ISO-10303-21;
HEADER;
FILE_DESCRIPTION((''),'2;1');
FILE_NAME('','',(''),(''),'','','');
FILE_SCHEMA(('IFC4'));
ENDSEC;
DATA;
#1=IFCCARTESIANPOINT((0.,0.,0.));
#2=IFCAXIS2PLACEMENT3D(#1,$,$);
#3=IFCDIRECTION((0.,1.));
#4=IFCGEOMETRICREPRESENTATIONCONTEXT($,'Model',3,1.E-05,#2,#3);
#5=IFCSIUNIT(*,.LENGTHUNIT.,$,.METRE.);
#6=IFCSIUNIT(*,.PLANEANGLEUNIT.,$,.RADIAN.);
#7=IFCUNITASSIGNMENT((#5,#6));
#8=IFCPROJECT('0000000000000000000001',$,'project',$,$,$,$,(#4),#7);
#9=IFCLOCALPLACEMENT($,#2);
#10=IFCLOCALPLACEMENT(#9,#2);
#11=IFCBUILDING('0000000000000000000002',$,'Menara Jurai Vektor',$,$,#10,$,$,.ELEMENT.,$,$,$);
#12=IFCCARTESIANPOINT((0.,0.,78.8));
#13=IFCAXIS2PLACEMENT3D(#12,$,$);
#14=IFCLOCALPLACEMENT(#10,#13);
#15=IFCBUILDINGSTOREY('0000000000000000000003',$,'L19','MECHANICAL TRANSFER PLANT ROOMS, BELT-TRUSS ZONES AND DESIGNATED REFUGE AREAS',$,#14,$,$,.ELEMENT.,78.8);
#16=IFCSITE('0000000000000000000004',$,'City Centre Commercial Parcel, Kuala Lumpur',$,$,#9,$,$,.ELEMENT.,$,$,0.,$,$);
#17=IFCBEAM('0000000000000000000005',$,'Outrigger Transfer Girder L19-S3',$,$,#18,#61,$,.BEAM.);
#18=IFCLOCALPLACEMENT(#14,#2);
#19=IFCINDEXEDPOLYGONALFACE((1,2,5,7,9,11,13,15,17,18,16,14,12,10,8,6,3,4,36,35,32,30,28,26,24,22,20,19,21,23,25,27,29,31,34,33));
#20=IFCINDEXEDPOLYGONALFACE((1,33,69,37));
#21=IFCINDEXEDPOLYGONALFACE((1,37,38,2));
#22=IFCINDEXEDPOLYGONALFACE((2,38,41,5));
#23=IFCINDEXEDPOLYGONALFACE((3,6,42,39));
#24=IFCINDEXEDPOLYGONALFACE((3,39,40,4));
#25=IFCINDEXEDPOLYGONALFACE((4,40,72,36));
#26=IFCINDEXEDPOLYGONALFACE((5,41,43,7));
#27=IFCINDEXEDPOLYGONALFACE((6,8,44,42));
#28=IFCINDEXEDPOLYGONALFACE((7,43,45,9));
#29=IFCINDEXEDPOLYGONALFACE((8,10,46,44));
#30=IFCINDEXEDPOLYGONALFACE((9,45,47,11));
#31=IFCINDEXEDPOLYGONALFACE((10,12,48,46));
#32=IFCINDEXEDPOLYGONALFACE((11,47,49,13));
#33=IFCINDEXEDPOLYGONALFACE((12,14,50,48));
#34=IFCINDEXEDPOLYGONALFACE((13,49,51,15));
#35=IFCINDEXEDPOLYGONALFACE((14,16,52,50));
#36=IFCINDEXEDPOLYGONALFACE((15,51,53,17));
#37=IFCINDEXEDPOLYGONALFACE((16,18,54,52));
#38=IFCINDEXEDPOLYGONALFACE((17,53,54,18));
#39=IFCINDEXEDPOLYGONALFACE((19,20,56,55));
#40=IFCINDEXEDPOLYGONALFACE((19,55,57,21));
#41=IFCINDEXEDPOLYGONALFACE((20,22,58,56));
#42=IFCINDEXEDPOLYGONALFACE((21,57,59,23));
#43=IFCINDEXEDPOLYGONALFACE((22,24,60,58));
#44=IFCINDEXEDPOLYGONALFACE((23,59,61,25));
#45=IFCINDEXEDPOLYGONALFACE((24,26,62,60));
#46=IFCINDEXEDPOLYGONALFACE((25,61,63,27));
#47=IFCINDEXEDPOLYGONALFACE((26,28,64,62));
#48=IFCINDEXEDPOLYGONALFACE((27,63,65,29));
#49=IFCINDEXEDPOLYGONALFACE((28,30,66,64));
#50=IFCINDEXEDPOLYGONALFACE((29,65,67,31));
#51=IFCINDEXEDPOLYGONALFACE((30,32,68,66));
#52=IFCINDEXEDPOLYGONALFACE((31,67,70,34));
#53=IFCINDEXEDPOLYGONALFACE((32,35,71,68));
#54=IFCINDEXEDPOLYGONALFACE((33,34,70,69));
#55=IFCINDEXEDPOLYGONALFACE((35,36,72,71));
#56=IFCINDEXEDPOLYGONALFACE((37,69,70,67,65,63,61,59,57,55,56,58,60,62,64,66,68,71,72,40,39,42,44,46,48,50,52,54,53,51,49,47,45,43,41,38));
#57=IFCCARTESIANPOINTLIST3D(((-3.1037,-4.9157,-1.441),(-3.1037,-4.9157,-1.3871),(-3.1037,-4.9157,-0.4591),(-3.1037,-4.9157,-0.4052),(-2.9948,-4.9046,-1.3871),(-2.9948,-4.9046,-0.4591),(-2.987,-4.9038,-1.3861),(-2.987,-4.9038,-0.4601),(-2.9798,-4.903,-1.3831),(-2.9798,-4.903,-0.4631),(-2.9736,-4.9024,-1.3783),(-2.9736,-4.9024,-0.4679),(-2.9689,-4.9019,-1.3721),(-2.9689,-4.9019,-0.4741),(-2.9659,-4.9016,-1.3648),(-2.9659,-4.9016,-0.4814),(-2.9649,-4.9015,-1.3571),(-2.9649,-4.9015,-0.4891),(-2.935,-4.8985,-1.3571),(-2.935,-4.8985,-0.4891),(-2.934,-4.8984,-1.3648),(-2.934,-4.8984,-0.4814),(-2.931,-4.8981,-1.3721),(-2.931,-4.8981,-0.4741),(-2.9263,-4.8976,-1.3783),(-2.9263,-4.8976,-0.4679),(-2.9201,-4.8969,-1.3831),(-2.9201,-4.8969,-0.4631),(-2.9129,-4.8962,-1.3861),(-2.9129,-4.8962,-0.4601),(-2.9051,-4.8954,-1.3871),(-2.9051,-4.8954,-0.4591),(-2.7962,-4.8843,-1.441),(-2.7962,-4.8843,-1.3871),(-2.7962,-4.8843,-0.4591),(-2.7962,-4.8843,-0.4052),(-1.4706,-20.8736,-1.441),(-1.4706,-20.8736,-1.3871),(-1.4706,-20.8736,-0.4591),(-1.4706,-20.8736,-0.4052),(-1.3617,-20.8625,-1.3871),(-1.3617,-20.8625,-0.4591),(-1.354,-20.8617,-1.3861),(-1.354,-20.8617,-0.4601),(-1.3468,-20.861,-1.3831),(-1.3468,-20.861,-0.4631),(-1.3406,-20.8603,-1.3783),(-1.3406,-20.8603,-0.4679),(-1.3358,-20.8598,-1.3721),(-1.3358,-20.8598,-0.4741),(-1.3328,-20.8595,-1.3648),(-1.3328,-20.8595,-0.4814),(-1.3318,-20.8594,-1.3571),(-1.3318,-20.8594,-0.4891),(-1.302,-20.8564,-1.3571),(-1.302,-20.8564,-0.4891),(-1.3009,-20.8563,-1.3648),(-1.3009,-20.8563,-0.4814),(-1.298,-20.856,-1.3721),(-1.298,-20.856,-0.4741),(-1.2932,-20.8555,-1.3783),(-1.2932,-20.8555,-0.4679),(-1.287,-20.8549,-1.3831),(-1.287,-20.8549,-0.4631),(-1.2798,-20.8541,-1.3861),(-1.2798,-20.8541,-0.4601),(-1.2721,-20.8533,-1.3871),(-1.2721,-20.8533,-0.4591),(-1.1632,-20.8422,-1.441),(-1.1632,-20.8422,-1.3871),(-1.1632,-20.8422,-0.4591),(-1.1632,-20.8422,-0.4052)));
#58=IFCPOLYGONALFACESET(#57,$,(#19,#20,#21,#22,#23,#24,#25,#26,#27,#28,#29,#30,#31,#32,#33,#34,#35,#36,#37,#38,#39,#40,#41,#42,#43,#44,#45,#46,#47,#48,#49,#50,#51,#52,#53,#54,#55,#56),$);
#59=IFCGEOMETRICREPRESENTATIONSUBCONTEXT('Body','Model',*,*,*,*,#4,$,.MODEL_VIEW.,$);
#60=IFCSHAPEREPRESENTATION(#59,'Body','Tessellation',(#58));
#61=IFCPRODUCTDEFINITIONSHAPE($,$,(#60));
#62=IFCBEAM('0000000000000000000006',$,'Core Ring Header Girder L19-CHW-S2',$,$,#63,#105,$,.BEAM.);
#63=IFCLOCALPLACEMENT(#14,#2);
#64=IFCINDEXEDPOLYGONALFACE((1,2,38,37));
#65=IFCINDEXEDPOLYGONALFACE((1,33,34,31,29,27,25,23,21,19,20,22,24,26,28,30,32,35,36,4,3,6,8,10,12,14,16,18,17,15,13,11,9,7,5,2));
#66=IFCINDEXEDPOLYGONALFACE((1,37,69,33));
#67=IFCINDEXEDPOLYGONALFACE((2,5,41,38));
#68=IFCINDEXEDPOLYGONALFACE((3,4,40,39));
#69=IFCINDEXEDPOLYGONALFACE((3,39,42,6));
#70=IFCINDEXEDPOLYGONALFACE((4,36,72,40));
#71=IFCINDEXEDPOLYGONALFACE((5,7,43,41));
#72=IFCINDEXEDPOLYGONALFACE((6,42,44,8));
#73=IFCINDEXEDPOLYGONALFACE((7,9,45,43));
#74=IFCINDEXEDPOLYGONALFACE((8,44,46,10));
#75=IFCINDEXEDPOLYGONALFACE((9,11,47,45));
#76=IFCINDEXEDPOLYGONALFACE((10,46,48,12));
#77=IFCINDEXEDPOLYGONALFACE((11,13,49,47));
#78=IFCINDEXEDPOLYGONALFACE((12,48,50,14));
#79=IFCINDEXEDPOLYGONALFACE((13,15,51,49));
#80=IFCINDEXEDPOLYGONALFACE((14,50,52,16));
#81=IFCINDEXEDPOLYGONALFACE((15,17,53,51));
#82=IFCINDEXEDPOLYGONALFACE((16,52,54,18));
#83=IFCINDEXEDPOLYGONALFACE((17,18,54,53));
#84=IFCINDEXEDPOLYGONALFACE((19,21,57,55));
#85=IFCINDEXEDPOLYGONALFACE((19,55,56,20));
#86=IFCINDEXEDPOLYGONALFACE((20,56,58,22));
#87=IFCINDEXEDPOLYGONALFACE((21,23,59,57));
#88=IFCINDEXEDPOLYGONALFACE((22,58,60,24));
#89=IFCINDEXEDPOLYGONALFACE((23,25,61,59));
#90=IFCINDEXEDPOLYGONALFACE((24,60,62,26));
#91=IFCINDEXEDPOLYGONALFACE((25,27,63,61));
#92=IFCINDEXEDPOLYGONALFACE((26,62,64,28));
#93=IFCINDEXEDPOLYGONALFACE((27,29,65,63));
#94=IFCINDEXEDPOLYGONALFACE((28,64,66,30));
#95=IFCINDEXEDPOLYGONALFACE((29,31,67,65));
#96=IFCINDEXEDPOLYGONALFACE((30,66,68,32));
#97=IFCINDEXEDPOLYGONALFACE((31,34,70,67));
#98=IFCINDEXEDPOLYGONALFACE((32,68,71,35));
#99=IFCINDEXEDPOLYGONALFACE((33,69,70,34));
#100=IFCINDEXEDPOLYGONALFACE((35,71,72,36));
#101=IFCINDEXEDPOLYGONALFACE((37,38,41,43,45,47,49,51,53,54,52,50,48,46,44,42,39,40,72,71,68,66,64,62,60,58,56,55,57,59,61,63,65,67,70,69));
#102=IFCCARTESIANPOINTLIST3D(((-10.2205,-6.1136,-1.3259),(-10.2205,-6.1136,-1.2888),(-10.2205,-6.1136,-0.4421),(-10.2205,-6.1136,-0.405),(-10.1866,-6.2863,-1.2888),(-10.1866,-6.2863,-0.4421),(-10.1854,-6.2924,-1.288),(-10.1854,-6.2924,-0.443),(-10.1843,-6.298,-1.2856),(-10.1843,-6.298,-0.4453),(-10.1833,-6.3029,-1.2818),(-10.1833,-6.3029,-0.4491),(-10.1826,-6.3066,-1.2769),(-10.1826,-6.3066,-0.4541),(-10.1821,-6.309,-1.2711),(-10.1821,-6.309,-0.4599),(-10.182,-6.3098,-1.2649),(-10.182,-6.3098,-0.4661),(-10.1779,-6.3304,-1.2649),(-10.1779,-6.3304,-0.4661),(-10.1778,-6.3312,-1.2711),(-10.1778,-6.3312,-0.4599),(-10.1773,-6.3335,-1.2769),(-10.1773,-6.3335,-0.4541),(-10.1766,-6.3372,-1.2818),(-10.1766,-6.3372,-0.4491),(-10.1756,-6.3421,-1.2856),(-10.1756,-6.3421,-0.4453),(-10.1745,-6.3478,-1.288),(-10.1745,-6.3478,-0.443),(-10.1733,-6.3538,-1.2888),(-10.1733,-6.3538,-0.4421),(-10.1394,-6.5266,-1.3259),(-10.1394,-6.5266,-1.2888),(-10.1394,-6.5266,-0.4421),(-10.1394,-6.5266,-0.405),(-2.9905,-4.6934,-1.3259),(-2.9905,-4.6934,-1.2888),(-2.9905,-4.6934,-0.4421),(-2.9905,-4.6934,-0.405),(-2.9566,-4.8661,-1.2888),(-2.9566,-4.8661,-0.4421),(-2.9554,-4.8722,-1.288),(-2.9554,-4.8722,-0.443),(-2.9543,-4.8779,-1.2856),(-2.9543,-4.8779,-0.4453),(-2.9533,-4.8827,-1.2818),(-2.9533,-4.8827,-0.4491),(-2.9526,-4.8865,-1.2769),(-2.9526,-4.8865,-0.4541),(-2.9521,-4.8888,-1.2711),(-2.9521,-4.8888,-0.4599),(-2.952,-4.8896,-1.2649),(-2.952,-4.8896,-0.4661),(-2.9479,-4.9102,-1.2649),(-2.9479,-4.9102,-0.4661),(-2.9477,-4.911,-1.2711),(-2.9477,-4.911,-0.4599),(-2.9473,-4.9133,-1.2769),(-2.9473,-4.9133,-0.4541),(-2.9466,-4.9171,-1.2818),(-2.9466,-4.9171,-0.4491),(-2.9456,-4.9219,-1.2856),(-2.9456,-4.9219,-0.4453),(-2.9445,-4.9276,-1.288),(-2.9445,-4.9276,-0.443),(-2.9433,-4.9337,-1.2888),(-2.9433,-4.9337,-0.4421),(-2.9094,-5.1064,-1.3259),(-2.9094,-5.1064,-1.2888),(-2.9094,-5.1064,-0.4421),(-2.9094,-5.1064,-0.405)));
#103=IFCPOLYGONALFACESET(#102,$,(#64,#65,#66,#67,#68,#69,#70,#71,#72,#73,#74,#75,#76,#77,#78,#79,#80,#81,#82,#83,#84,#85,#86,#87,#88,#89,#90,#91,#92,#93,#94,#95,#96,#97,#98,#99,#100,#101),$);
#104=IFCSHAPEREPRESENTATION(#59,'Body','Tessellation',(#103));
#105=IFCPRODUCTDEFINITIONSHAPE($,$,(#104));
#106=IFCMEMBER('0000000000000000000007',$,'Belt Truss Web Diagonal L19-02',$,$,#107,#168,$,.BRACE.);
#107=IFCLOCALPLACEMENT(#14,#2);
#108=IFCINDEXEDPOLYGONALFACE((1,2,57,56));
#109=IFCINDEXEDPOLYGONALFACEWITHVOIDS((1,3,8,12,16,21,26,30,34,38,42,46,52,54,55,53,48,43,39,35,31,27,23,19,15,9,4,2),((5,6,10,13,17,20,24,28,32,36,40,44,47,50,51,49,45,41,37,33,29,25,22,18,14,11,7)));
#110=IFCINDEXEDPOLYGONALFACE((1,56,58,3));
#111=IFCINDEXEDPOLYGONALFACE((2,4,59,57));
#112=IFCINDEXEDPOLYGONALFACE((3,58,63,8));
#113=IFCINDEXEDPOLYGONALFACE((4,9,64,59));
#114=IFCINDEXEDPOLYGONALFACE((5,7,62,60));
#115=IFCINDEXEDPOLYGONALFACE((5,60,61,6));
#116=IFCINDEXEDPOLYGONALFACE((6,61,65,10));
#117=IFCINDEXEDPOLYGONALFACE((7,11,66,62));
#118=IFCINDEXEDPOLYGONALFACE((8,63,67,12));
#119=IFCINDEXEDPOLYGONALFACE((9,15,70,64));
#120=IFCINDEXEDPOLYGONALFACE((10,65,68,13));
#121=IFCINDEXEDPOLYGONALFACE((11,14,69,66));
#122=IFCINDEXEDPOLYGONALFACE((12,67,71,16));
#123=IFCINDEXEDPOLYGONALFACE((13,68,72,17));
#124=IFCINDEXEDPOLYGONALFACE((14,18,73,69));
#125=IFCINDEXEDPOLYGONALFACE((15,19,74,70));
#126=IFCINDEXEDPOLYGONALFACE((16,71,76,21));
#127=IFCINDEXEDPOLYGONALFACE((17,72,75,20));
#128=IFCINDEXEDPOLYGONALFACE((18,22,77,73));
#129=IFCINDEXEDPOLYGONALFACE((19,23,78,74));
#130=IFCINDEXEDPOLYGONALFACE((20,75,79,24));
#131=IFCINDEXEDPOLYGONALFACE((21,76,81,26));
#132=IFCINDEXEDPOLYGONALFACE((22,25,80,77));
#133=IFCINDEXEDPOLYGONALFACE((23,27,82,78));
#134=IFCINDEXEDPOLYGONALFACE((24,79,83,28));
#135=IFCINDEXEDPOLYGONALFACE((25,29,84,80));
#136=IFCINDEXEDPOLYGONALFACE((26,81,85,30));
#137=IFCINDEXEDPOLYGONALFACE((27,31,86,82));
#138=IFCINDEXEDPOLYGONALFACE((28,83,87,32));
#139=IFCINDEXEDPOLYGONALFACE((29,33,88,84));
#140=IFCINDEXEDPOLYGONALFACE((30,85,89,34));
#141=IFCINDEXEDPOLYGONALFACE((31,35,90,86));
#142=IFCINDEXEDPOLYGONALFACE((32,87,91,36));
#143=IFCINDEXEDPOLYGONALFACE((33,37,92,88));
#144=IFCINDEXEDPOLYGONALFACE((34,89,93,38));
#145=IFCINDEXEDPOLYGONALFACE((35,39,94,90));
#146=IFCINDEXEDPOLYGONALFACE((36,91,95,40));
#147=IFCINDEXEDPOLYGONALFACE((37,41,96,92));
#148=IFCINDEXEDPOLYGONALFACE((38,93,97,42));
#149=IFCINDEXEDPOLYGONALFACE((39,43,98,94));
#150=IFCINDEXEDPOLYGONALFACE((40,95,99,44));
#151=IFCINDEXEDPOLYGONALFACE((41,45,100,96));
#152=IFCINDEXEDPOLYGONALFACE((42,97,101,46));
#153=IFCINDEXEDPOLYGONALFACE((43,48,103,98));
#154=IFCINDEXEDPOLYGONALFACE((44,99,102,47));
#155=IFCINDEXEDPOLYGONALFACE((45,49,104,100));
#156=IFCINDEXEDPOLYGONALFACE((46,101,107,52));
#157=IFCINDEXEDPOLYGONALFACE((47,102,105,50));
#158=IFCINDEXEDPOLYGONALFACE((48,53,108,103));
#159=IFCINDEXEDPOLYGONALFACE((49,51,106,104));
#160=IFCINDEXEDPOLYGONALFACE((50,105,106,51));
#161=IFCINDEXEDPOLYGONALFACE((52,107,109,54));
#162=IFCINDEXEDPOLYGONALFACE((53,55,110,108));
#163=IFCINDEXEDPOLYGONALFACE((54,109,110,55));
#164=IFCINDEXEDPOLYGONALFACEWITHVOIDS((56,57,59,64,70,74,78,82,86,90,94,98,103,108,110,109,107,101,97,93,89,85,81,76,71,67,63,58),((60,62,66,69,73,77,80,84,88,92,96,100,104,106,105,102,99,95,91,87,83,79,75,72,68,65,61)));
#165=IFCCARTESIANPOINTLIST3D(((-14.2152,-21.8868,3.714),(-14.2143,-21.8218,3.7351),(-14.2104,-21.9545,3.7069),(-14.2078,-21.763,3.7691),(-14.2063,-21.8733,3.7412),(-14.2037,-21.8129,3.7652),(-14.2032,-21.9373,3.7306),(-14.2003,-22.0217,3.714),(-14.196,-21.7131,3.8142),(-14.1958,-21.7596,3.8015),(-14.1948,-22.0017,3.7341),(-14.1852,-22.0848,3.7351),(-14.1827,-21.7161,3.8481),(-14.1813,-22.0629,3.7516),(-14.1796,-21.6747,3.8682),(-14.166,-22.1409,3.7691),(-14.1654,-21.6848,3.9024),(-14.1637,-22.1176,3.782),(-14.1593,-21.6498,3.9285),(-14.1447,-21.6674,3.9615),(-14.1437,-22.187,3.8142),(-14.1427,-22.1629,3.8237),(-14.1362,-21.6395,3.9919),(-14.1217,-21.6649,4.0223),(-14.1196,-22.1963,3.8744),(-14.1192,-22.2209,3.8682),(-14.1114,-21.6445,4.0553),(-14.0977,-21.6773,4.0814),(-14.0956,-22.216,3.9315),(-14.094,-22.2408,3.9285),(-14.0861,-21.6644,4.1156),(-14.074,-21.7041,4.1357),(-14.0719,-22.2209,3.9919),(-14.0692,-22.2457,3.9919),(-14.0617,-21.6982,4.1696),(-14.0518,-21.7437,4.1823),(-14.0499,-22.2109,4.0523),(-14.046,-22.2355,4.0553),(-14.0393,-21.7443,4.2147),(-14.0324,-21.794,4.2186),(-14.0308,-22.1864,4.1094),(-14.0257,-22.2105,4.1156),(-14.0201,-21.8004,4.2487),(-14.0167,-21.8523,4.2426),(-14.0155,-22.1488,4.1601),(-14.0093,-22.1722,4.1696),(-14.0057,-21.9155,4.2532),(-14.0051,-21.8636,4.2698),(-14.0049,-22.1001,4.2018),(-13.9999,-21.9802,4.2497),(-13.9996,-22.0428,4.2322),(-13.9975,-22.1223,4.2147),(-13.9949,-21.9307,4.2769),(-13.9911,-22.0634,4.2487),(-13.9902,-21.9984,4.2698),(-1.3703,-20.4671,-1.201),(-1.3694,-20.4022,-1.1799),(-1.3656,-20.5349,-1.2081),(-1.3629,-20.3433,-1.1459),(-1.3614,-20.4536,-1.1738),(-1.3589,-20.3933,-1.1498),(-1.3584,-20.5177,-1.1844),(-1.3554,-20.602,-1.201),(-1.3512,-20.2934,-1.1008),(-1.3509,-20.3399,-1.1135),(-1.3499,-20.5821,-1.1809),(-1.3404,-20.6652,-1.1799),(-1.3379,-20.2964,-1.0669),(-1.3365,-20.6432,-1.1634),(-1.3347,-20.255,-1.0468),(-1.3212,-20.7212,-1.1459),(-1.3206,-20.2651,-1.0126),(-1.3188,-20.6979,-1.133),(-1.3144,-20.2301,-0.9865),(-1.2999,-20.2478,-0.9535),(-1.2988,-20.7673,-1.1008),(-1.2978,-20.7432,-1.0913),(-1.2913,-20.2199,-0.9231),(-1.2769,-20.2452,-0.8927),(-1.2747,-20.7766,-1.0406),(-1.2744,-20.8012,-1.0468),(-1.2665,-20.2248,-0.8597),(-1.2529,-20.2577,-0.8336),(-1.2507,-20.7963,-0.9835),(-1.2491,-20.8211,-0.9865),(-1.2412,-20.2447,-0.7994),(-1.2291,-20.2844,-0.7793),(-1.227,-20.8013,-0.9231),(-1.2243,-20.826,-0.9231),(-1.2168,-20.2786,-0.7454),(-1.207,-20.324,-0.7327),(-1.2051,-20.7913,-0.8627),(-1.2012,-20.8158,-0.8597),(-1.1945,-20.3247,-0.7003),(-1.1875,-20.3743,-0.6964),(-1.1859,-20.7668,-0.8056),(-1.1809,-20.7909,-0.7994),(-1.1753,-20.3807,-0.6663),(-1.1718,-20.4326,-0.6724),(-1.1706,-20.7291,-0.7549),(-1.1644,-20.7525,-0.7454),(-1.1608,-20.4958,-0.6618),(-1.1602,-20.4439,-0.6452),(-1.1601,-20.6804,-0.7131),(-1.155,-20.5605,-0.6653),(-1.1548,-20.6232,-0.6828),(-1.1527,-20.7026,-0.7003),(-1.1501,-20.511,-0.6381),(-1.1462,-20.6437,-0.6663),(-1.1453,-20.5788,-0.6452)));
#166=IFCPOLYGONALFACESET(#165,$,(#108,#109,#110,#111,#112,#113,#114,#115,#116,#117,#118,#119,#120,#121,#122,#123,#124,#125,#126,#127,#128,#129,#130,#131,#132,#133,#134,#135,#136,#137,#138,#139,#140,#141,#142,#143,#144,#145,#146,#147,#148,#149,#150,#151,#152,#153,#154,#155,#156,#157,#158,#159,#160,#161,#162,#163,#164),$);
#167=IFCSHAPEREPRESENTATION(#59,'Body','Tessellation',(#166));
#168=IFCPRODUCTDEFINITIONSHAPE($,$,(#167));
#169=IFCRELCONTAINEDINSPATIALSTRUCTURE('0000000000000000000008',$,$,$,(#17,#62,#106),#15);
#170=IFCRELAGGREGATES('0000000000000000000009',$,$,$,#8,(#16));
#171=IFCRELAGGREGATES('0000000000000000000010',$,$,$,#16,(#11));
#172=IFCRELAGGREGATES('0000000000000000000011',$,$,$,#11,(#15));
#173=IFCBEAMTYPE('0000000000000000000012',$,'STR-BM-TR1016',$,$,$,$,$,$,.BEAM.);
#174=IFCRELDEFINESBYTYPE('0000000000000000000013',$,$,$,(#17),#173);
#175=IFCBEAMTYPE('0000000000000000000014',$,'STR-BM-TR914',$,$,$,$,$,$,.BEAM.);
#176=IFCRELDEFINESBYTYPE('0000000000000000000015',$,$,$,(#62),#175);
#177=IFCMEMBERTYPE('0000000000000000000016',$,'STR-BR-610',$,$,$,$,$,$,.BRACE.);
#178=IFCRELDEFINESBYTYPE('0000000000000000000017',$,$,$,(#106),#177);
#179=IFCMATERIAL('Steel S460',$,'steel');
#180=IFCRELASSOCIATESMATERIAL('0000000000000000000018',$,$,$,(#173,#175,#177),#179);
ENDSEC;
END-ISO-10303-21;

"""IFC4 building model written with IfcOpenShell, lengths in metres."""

from ifc_helpers import new_model, si_unit, direction, frame, origin, origin_2d, place, context, subcontext, project, spatial, hollow_circle, i_section, extrude, material, material_profile, profile_set, type_object, element, save


model = new_model("IFC4")

# Units and contexts
model_context = context("Model", 3, precision=1e-05, world=origin(), true_north=direction((0.0, 1.0)))
body_context = subcontext(model_context, "Body", "Model", "MODEL_VIEW")
ifc_project = project(units=[si_unit("LENGTHUNIT", "METRE"), si_unit("PLANEANGLEUNIT", "RADIAN")], contexts=[model_context])

# Site, building, storey
site_placement = place(None, origin())
site = spatial("IfcSite", under=ifc_project, at=site_placement, Name="City Centre Commercial Parcel, Kuala Lumpur", CompositionType="ELEMENT", RefElevation=0.0)
building_placement = place(site_placement, origin())
building = spatial("IfcBuilding", under=site, at=building_placement, Name="Menara Jurai Vektor", CompositionType="ELEMENT")
storey_placement = place(building_placement, frame((0.0, 0.0, 78.8)))
storey = spatial("IfcBuildingStorey", under=building, at=storey_placement, Name="L19", Description="MECHANICAL TRANSFER PLANT ROOMS, BELT-TRUSS ZONES AND DESIGNATED REFUGE AREAS", CompositionType="ELEMENT", Elevation=78.8)

# Shared definitions
ifc_material_1 = material(Name="Steel S460", Category="steel")

# Beams
ifc_material_profile_1 = material_profile(ifc_material_1, i_section(OverallWidth=0.3091, OverallDepth=1.0359, WebThickness=0.03, FlangeThickness=0.054, FilletRadius=0.03, at=origin_2d()), Name="UKB 1016x305x487")
ifc_profile_set_1 = profile_set([ifc_material_profile_1], Name="Steel S460")
beam_type_1 = type_object("IfcBeamType", Name="STR-BM-TR1016", PredefinedType="BEAM", material=ifc_profile_set_1)
beam_1_placement = place(storey_placement, frame((-1.3169, -20.8579, -0.9231), z_axis=(-0.101803, 0.994805, 0.0), x_axis=(-0.994805, -0.101803, 0.0)))
element("IfcBeam", 1, at=beam_1_placement, inside=storey, type_object=beam_type_1, Name="Outrigger Transfer Girder L19-S3", PredefinedType="BEAM", context=body_context, shape_type="SweptSolid", body=[
    extrude(i_section(OverallWidth=0.3091, OverallDepth=1.0359, WebThickness=0.03, FlangeThickness=0.054, FilletRadius=0.03, at=origin_2d()), origin(), (0.0, 0.0, 1.0), 16.0413),
])
ifc_material_profile_2 = material_profile(ifc_material_1, i_section(OverallWidth=0.4209, OverallDepth=0.9209, WebThickness=0.021, FlangeThickness=0.0371, FilletRadius=0.0239, at=origin_2d()), Name="UKB 914x419x388")
ifc_profile_set_2 = profile_set([ifc_material_profile_2], Name="Steel S460")
beam_type_2 = type_object("IfcBeamType", Name="STR-BM-TR914", PredefinedType="BEAM", material=ifc_profile_set_2)
beam_2_placement = place(storey_placement, frame((-10.1799, -6.3201, -0.8655), z_axis=(0.981249, 0.192744, 0.0), x_axis=(-0.192744, 0.981249, 0.0)))
element("IfcBeam", 2, at=beam_2_placement, inside=storey, type_object=beam_type_2, Name="Core Ring Header Girder L19-CHW-S2", PredefinedType="BEAM", context=body_context, shape_type="SweptSolid", body=[
    extrude(i_section(OverallWidth=0.4209, OverallDepth=0.9209, WebThickness=0.021, FlangeThickness=0.0371, FilletRadius=0.0239, at=origin_2d()), origin(), (0.0, 0.0, 1.0), 7.3682),
])

# Member
ifc_material_profile_3 = material_profile(ifc_material_1, hollow_circle(Radius=0.3049, WallThickness=0.0249, at=origin_2d()), Name="CHS 610x25")
ifc_profile_set_3 = profile_set([ifc_material_profile_3], Name="Steel S460")
member_type_1 = type_object("IfcMemberType", Name="STR-BR-610", PredefinedType="BRACE", material=ifc_profile_set_3)
member_1_placement = place(storey_placement, frame((-1.2578, -20.5229, -0.9231), z_axis=(-0.929025, -0.10268, 0.355485), x_axis=(0.109855, -0.993948, 0.0)))
element("IfcMember", 3, at=member_1_placement, inside=storey, type_object=member_type_1, Name="Belt Truss Web Diagonal L19-02", PredefinedType="BRACE", context=body_context, shape_type="SweptSolid", body=[
    extrude(hollow_circle(Radius=0.3049, WallThickness=0.0249, at=origin_2d()), origin(), (0.0, 0.0, 1.0), 13.8262),
])

save(model, "model.ifc")
